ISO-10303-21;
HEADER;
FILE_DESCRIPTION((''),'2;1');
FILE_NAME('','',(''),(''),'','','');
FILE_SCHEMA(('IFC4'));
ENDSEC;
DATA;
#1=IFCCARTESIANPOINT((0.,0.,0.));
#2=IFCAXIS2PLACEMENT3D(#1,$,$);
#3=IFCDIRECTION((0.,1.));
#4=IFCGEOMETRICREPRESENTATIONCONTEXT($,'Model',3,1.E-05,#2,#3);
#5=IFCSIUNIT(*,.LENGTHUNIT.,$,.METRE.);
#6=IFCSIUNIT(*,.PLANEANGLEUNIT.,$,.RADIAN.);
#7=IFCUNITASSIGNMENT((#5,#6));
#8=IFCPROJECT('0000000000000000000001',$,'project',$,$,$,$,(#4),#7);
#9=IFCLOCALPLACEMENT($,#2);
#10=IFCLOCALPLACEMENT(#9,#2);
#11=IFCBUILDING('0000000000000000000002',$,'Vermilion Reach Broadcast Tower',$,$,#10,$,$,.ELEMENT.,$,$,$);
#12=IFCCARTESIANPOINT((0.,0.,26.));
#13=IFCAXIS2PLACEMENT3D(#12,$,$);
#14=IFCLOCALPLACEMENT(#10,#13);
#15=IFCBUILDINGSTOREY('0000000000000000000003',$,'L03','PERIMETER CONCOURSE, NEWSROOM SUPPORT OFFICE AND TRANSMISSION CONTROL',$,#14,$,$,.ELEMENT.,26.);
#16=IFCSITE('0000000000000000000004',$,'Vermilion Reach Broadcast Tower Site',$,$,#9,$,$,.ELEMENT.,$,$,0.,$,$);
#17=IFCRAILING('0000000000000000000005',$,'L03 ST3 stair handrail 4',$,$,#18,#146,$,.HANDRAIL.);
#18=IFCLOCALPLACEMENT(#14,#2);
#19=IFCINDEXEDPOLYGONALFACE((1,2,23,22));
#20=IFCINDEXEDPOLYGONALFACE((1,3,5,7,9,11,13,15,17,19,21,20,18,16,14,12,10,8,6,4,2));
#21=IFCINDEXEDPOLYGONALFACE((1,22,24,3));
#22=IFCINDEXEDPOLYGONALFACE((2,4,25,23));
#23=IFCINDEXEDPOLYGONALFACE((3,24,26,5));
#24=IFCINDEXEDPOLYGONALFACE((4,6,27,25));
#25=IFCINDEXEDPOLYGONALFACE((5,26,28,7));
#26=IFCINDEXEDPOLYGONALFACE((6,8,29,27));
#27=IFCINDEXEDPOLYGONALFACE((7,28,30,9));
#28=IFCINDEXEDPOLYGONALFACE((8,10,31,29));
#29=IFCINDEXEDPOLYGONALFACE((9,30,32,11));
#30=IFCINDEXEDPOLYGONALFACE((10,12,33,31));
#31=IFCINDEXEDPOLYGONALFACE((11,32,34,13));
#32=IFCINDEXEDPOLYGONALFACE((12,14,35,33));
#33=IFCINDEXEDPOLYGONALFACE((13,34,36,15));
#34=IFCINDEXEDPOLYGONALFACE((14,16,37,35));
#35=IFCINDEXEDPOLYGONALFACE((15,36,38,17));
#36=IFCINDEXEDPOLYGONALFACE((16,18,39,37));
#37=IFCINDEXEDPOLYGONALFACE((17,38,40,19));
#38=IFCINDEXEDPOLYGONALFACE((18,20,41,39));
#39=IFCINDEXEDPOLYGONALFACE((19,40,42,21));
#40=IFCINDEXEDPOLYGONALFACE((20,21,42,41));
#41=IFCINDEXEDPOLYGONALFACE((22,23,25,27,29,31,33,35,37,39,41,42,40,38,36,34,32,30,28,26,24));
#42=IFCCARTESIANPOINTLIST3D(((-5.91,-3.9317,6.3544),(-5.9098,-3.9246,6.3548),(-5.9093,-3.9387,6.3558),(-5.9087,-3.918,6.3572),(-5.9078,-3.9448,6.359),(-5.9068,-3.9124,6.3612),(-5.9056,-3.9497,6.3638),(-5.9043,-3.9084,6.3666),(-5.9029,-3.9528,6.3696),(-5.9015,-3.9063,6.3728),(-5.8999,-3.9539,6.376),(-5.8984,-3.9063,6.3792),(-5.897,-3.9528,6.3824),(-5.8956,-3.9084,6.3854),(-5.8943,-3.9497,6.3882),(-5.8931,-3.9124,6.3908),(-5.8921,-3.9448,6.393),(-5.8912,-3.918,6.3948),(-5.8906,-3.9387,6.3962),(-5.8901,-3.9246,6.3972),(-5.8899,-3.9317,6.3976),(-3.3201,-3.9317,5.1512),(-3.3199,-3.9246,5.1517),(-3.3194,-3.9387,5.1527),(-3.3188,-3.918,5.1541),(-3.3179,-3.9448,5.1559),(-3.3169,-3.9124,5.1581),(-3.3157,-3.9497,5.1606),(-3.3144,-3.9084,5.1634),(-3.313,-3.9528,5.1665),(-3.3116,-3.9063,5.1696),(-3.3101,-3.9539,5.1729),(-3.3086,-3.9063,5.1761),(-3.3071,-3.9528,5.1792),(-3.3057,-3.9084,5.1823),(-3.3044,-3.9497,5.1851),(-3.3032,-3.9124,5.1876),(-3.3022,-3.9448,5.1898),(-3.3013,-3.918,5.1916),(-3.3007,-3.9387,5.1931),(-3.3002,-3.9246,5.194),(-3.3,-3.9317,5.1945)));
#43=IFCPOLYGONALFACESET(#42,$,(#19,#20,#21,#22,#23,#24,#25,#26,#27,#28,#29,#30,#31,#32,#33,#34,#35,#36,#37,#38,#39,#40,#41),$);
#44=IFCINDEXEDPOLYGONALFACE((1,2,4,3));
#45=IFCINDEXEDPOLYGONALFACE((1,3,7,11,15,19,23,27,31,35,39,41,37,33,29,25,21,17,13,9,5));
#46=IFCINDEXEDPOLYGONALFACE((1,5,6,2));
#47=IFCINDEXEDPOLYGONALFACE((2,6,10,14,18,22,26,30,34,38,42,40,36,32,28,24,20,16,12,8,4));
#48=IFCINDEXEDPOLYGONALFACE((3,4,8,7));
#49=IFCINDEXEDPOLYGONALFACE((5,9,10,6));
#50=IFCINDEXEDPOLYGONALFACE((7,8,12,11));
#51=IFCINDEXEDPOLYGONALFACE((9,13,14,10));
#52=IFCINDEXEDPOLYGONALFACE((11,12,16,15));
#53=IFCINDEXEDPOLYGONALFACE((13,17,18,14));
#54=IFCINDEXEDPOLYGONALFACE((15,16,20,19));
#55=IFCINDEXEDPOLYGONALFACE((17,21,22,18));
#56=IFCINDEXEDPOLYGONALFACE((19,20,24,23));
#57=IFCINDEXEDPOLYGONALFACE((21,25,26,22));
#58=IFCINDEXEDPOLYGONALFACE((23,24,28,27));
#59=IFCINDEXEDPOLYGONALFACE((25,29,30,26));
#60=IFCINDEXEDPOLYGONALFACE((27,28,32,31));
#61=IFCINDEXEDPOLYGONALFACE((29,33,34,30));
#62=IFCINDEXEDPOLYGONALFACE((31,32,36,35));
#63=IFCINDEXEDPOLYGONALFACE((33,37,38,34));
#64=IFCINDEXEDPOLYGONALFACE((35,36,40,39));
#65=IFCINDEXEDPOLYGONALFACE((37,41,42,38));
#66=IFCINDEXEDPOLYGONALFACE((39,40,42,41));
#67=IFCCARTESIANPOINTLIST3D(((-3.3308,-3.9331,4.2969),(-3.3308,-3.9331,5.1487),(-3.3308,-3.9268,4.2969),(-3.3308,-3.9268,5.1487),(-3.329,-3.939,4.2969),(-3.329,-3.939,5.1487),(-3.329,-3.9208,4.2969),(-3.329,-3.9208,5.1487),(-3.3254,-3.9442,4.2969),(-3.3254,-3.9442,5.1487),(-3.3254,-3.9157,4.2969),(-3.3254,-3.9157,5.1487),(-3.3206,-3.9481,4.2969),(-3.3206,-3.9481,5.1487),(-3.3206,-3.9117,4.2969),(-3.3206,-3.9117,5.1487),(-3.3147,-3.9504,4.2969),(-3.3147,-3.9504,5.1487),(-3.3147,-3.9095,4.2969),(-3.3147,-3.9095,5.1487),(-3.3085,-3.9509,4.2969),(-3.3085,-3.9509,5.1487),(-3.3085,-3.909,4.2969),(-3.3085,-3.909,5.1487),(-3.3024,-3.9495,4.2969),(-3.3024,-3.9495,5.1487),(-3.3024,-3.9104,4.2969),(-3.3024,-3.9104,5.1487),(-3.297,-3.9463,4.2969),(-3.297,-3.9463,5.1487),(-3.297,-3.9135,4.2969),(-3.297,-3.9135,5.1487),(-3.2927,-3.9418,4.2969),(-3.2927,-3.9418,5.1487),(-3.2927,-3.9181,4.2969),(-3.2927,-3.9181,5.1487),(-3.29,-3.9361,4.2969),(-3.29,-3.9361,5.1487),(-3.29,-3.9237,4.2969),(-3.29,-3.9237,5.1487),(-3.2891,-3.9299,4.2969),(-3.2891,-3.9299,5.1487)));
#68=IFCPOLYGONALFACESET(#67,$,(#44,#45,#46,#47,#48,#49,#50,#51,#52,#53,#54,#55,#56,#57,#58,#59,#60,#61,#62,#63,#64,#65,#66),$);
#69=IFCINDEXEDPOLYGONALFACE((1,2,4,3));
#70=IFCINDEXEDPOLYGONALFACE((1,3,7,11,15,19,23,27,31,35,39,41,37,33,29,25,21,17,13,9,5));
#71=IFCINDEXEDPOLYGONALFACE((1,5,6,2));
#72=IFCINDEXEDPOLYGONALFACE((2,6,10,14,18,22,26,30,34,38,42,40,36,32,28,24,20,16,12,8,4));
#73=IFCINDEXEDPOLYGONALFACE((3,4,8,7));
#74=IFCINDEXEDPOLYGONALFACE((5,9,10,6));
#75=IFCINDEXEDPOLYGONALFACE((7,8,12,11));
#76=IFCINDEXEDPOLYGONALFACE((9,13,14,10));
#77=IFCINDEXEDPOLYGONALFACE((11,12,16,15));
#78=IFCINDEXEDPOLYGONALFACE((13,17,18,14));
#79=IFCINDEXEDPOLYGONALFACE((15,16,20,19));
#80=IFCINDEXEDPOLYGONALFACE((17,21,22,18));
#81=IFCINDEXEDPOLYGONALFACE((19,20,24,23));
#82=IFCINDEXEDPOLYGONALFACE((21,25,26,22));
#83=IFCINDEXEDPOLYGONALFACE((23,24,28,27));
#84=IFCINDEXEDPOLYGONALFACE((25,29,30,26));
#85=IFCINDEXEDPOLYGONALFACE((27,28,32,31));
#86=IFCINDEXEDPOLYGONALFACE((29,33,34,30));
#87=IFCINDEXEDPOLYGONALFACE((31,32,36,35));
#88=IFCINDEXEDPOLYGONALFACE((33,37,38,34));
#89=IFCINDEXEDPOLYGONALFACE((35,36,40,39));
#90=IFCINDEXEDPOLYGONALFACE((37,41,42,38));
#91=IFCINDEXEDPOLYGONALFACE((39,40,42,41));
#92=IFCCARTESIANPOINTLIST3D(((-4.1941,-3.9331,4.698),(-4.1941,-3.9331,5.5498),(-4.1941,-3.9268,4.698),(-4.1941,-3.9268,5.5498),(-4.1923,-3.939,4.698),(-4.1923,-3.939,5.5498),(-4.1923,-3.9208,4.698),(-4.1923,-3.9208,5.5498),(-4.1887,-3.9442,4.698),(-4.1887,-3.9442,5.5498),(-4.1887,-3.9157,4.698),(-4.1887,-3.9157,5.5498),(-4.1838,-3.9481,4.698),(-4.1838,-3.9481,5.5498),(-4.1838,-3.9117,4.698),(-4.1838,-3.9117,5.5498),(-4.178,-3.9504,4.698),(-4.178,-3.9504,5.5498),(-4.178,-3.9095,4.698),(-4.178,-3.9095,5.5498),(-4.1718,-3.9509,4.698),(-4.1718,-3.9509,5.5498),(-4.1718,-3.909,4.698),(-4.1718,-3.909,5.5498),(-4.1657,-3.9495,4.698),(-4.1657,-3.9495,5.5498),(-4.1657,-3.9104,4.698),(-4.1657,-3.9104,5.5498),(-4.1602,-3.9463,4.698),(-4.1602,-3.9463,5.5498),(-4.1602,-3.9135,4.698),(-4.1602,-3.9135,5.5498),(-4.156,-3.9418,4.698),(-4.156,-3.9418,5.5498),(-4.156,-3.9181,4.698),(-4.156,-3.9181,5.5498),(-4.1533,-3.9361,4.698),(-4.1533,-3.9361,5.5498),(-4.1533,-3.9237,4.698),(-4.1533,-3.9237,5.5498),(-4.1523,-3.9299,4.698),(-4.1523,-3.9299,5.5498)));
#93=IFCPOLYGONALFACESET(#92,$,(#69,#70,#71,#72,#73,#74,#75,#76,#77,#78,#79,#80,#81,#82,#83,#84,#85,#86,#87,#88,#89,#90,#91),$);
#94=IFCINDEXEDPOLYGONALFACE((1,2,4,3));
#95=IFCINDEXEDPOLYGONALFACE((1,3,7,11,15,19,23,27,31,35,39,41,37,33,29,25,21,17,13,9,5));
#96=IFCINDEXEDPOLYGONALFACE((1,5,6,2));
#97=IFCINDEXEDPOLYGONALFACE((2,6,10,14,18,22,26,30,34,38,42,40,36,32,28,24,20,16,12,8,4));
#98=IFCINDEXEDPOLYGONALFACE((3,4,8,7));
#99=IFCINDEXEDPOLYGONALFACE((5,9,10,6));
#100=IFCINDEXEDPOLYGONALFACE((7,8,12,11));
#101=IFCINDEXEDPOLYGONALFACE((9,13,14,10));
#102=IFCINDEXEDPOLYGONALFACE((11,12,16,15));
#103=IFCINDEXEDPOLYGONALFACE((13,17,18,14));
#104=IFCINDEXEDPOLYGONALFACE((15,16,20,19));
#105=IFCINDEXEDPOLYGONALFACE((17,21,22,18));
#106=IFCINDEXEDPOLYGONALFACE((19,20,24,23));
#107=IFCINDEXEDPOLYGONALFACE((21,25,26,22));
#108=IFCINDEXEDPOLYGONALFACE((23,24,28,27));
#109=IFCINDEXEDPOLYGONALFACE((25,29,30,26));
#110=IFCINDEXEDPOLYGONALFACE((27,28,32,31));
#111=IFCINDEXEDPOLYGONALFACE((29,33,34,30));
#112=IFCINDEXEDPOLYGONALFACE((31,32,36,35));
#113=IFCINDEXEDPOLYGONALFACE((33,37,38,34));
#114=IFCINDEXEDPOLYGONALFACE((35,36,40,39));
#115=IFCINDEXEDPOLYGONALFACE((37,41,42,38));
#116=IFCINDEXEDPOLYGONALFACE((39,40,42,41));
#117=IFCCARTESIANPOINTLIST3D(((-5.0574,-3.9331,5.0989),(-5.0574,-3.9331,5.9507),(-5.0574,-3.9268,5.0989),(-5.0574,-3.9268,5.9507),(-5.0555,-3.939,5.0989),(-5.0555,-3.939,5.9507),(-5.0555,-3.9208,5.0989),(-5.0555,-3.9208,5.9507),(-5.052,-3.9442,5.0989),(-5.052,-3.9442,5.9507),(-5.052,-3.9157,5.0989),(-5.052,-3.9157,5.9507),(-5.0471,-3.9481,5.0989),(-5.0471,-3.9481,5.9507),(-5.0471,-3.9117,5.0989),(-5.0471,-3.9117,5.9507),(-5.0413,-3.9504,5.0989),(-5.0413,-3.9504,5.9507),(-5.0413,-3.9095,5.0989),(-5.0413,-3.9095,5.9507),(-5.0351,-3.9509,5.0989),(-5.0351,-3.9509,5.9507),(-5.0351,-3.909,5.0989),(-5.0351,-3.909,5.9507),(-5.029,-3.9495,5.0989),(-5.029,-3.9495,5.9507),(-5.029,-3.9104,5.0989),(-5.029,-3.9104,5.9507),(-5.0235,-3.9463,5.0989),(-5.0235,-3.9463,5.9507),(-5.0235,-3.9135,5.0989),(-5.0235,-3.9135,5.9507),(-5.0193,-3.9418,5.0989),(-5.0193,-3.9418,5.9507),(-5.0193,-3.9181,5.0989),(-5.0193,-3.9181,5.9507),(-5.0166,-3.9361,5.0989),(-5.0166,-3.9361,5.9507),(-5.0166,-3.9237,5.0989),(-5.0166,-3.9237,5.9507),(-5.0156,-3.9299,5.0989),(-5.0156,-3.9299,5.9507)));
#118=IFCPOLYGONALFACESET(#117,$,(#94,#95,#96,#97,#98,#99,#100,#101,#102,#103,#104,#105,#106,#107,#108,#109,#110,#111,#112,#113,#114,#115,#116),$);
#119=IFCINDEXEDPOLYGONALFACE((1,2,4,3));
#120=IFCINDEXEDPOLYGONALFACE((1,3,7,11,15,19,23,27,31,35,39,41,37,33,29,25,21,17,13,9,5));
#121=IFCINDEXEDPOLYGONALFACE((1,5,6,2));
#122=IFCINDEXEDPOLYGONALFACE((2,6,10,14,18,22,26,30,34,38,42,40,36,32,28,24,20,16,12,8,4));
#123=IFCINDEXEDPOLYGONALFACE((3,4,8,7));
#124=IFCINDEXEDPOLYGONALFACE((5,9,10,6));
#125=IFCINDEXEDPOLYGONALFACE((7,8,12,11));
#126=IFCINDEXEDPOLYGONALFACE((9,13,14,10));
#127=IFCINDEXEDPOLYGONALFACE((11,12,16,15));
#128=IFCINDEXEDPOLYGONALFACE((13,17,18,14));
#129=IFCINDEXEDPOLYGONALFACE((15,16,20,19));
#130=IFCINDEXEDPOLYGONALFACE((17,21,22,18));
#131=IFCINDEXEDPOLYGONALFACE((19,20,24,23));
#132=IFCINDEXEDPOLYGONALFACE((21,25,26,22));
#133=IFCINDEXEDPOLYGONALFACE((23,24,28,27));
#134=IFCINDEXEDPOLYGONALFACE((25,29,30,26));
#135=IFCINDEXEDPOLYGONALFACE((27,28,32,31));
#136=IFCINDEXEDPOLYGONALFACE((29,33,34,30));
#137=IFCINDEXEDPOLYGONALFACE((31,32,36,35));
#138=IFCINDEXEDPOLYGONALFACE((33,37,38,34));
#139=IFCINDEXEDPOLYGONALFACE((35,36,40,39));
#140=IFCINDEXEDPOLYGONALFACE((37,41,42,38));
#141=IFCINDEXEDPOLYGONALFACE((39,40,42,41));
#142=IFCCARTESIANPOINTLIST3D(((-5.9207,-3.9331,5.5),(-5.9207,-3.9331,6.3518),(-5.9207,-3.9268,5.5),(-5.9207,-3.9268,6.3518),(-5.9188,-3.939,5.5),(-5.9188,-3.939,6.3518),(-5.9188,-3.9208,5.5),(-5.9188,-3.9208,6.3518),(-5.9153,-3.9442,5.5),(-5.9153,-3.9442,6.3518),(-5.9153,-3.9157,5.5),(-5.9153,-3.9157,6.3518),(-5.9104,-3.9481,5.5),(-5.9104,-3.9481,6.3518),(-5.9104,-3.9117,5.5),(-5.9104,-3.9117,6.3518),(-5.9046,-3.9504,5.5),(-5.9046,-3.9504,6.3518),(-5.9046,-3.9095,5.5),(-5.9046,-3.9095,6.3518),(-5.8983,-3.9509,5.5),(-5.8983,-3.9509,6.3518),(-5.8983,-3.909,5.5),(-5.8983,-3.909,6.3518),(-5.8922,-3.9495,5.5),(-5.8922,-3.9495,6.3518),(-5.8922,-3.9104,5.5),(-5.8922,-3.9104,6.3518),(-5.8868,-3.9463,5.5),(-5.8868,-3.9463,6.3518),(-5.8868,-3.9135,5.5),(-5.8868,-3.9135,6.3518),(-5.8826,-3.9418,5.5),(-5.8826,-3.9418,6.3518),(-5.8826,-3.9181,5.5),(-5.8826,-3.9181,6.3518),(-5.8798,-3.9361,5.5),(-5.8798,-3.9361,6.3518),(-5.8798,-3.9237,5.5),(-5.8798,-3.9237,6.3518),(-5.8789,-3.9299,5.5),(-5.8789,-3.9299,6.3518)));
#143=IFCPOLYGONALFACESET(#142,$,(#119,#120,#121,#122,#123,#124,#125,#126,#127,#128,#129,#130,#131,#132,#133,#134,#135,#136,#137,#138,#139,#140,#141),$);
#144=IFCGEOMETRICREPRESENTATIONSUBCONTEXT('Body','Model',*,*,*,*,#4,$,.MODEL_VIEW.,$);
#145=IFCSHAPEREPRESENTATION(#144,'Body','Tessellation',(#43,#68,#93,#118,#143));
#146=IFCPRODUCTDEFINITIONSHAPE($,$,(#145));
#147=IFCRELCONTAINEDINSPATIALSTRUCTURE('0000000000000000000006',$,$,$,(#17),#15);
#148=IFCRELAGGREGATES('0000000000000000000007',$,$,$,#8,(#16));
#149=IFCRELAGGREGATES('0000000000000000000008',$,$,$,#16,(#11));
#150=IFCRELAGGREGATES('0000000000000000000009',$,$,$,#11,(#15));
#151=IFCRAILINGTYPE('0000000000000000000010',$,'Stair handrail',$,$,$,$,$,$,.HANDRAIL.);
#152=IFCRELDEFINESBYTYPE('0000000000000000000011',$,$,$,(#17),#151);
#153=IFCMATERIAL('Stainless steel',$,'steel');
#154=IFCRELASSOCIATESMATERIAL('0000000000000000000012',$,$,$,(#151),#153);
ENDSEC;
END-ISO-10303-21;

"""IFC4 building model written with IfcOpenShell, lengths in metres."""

from ifc_helpers import new_model, si_unit, direction, frame, origin, origin_2d, place, context, subcontext, project, spatial, circle, extrude, material, type_object, element, save


model = new_model("IFC4")

# Units and contexts
model_context = context("Model", 3, precision=1e-05, world=origin(), true_north=direction((0.0, 1.0)))
body_context = subcontext(model_context, "Body", "Model", "MODEL_VIEW")
ifc_project = project(units=[si_unit("LENGTHUNIT", "METRE"), si_unit("PLANEANGLEUNIT", "RADIAN")], contexts=[model_context])

# Site, building, storey
site_placement = place(None, origin())
site = spatial("IfcSite", under=ifc_project, at=site_placement, Name="Vermilion Reach Broadcast Tower Site", CompositionType="ELEMENT", RefElevation=0.0)
building_placement = place(site_placement, origin())
building = spatial("IfcBuilding", under=site, at=building_placement, Name="Vermilion Reach Broadcast Tower", CompositionType="ELEMENT")
storey_placement = place(building_placement, frame((0.0, 0.0, 26.0)))
storey = spatial("IfcBuildingStorey", under=building, at=storey_placement, Name="L03", Description="PERIMETER CONCOURSE, NEWSROOM SUPPORT OFFICE AND TRANSMISSION CONTROL", CompositionType="ELEMENT", Elevation=26.0)

# Railing
ifc_material_1 = material(Name="Stainless steel", Category="steel")
railing_type_1 = type_object("IfcRailingType", Name="Stair handrail", PredefinedType="HANDRAIL", material=ifc_material_1)
railing_1_placement = place(storey_placement, frame((-3.3101, -3.9299, 4.2969)))
element("IfcRailing", 1, at=railing_1_placement, inside=storey, type_object=railing_type_1, Name="L03 ST3 stair handrail 4", PredefinedType="HANDRAIL", context=body_context, shape_type="SweptSolid", body=[
    extrude(circle(Radius=0.0239, at=origin_2d()), frame((0.0, 0.0, 0.876), z_axis=(-0.906916, 0.0, 0.421312), x_axis=(0.0, -1.0, 0.0)), (0.0, 0.0, 1.0), 2.8557),
    extrude(circle(Radius=0.021, at=origin_2d()), origin(), (0.0, 0.0, 1.0), 0.8518),
    extrude(circle(Radius=0.021, at=origin_2d()), frame((-0.8633, 0.0, 0.4011)), (0.0, 0.0, 1.0), 0.8518),
    extrude(circle(Radius=0.021, at=origin_2d()), frame((-1.7266, 0.0, 0.802)), (0.0, 0.0, 1.0), 0.8518),
    extrude(circle(Radius=0.021, at=origin_2d()), frame((-2.5898, 0.0, 1.2031)), (0.0, 0.0, 1.0), 0.8518),
])

save(model, "model.ifc")
